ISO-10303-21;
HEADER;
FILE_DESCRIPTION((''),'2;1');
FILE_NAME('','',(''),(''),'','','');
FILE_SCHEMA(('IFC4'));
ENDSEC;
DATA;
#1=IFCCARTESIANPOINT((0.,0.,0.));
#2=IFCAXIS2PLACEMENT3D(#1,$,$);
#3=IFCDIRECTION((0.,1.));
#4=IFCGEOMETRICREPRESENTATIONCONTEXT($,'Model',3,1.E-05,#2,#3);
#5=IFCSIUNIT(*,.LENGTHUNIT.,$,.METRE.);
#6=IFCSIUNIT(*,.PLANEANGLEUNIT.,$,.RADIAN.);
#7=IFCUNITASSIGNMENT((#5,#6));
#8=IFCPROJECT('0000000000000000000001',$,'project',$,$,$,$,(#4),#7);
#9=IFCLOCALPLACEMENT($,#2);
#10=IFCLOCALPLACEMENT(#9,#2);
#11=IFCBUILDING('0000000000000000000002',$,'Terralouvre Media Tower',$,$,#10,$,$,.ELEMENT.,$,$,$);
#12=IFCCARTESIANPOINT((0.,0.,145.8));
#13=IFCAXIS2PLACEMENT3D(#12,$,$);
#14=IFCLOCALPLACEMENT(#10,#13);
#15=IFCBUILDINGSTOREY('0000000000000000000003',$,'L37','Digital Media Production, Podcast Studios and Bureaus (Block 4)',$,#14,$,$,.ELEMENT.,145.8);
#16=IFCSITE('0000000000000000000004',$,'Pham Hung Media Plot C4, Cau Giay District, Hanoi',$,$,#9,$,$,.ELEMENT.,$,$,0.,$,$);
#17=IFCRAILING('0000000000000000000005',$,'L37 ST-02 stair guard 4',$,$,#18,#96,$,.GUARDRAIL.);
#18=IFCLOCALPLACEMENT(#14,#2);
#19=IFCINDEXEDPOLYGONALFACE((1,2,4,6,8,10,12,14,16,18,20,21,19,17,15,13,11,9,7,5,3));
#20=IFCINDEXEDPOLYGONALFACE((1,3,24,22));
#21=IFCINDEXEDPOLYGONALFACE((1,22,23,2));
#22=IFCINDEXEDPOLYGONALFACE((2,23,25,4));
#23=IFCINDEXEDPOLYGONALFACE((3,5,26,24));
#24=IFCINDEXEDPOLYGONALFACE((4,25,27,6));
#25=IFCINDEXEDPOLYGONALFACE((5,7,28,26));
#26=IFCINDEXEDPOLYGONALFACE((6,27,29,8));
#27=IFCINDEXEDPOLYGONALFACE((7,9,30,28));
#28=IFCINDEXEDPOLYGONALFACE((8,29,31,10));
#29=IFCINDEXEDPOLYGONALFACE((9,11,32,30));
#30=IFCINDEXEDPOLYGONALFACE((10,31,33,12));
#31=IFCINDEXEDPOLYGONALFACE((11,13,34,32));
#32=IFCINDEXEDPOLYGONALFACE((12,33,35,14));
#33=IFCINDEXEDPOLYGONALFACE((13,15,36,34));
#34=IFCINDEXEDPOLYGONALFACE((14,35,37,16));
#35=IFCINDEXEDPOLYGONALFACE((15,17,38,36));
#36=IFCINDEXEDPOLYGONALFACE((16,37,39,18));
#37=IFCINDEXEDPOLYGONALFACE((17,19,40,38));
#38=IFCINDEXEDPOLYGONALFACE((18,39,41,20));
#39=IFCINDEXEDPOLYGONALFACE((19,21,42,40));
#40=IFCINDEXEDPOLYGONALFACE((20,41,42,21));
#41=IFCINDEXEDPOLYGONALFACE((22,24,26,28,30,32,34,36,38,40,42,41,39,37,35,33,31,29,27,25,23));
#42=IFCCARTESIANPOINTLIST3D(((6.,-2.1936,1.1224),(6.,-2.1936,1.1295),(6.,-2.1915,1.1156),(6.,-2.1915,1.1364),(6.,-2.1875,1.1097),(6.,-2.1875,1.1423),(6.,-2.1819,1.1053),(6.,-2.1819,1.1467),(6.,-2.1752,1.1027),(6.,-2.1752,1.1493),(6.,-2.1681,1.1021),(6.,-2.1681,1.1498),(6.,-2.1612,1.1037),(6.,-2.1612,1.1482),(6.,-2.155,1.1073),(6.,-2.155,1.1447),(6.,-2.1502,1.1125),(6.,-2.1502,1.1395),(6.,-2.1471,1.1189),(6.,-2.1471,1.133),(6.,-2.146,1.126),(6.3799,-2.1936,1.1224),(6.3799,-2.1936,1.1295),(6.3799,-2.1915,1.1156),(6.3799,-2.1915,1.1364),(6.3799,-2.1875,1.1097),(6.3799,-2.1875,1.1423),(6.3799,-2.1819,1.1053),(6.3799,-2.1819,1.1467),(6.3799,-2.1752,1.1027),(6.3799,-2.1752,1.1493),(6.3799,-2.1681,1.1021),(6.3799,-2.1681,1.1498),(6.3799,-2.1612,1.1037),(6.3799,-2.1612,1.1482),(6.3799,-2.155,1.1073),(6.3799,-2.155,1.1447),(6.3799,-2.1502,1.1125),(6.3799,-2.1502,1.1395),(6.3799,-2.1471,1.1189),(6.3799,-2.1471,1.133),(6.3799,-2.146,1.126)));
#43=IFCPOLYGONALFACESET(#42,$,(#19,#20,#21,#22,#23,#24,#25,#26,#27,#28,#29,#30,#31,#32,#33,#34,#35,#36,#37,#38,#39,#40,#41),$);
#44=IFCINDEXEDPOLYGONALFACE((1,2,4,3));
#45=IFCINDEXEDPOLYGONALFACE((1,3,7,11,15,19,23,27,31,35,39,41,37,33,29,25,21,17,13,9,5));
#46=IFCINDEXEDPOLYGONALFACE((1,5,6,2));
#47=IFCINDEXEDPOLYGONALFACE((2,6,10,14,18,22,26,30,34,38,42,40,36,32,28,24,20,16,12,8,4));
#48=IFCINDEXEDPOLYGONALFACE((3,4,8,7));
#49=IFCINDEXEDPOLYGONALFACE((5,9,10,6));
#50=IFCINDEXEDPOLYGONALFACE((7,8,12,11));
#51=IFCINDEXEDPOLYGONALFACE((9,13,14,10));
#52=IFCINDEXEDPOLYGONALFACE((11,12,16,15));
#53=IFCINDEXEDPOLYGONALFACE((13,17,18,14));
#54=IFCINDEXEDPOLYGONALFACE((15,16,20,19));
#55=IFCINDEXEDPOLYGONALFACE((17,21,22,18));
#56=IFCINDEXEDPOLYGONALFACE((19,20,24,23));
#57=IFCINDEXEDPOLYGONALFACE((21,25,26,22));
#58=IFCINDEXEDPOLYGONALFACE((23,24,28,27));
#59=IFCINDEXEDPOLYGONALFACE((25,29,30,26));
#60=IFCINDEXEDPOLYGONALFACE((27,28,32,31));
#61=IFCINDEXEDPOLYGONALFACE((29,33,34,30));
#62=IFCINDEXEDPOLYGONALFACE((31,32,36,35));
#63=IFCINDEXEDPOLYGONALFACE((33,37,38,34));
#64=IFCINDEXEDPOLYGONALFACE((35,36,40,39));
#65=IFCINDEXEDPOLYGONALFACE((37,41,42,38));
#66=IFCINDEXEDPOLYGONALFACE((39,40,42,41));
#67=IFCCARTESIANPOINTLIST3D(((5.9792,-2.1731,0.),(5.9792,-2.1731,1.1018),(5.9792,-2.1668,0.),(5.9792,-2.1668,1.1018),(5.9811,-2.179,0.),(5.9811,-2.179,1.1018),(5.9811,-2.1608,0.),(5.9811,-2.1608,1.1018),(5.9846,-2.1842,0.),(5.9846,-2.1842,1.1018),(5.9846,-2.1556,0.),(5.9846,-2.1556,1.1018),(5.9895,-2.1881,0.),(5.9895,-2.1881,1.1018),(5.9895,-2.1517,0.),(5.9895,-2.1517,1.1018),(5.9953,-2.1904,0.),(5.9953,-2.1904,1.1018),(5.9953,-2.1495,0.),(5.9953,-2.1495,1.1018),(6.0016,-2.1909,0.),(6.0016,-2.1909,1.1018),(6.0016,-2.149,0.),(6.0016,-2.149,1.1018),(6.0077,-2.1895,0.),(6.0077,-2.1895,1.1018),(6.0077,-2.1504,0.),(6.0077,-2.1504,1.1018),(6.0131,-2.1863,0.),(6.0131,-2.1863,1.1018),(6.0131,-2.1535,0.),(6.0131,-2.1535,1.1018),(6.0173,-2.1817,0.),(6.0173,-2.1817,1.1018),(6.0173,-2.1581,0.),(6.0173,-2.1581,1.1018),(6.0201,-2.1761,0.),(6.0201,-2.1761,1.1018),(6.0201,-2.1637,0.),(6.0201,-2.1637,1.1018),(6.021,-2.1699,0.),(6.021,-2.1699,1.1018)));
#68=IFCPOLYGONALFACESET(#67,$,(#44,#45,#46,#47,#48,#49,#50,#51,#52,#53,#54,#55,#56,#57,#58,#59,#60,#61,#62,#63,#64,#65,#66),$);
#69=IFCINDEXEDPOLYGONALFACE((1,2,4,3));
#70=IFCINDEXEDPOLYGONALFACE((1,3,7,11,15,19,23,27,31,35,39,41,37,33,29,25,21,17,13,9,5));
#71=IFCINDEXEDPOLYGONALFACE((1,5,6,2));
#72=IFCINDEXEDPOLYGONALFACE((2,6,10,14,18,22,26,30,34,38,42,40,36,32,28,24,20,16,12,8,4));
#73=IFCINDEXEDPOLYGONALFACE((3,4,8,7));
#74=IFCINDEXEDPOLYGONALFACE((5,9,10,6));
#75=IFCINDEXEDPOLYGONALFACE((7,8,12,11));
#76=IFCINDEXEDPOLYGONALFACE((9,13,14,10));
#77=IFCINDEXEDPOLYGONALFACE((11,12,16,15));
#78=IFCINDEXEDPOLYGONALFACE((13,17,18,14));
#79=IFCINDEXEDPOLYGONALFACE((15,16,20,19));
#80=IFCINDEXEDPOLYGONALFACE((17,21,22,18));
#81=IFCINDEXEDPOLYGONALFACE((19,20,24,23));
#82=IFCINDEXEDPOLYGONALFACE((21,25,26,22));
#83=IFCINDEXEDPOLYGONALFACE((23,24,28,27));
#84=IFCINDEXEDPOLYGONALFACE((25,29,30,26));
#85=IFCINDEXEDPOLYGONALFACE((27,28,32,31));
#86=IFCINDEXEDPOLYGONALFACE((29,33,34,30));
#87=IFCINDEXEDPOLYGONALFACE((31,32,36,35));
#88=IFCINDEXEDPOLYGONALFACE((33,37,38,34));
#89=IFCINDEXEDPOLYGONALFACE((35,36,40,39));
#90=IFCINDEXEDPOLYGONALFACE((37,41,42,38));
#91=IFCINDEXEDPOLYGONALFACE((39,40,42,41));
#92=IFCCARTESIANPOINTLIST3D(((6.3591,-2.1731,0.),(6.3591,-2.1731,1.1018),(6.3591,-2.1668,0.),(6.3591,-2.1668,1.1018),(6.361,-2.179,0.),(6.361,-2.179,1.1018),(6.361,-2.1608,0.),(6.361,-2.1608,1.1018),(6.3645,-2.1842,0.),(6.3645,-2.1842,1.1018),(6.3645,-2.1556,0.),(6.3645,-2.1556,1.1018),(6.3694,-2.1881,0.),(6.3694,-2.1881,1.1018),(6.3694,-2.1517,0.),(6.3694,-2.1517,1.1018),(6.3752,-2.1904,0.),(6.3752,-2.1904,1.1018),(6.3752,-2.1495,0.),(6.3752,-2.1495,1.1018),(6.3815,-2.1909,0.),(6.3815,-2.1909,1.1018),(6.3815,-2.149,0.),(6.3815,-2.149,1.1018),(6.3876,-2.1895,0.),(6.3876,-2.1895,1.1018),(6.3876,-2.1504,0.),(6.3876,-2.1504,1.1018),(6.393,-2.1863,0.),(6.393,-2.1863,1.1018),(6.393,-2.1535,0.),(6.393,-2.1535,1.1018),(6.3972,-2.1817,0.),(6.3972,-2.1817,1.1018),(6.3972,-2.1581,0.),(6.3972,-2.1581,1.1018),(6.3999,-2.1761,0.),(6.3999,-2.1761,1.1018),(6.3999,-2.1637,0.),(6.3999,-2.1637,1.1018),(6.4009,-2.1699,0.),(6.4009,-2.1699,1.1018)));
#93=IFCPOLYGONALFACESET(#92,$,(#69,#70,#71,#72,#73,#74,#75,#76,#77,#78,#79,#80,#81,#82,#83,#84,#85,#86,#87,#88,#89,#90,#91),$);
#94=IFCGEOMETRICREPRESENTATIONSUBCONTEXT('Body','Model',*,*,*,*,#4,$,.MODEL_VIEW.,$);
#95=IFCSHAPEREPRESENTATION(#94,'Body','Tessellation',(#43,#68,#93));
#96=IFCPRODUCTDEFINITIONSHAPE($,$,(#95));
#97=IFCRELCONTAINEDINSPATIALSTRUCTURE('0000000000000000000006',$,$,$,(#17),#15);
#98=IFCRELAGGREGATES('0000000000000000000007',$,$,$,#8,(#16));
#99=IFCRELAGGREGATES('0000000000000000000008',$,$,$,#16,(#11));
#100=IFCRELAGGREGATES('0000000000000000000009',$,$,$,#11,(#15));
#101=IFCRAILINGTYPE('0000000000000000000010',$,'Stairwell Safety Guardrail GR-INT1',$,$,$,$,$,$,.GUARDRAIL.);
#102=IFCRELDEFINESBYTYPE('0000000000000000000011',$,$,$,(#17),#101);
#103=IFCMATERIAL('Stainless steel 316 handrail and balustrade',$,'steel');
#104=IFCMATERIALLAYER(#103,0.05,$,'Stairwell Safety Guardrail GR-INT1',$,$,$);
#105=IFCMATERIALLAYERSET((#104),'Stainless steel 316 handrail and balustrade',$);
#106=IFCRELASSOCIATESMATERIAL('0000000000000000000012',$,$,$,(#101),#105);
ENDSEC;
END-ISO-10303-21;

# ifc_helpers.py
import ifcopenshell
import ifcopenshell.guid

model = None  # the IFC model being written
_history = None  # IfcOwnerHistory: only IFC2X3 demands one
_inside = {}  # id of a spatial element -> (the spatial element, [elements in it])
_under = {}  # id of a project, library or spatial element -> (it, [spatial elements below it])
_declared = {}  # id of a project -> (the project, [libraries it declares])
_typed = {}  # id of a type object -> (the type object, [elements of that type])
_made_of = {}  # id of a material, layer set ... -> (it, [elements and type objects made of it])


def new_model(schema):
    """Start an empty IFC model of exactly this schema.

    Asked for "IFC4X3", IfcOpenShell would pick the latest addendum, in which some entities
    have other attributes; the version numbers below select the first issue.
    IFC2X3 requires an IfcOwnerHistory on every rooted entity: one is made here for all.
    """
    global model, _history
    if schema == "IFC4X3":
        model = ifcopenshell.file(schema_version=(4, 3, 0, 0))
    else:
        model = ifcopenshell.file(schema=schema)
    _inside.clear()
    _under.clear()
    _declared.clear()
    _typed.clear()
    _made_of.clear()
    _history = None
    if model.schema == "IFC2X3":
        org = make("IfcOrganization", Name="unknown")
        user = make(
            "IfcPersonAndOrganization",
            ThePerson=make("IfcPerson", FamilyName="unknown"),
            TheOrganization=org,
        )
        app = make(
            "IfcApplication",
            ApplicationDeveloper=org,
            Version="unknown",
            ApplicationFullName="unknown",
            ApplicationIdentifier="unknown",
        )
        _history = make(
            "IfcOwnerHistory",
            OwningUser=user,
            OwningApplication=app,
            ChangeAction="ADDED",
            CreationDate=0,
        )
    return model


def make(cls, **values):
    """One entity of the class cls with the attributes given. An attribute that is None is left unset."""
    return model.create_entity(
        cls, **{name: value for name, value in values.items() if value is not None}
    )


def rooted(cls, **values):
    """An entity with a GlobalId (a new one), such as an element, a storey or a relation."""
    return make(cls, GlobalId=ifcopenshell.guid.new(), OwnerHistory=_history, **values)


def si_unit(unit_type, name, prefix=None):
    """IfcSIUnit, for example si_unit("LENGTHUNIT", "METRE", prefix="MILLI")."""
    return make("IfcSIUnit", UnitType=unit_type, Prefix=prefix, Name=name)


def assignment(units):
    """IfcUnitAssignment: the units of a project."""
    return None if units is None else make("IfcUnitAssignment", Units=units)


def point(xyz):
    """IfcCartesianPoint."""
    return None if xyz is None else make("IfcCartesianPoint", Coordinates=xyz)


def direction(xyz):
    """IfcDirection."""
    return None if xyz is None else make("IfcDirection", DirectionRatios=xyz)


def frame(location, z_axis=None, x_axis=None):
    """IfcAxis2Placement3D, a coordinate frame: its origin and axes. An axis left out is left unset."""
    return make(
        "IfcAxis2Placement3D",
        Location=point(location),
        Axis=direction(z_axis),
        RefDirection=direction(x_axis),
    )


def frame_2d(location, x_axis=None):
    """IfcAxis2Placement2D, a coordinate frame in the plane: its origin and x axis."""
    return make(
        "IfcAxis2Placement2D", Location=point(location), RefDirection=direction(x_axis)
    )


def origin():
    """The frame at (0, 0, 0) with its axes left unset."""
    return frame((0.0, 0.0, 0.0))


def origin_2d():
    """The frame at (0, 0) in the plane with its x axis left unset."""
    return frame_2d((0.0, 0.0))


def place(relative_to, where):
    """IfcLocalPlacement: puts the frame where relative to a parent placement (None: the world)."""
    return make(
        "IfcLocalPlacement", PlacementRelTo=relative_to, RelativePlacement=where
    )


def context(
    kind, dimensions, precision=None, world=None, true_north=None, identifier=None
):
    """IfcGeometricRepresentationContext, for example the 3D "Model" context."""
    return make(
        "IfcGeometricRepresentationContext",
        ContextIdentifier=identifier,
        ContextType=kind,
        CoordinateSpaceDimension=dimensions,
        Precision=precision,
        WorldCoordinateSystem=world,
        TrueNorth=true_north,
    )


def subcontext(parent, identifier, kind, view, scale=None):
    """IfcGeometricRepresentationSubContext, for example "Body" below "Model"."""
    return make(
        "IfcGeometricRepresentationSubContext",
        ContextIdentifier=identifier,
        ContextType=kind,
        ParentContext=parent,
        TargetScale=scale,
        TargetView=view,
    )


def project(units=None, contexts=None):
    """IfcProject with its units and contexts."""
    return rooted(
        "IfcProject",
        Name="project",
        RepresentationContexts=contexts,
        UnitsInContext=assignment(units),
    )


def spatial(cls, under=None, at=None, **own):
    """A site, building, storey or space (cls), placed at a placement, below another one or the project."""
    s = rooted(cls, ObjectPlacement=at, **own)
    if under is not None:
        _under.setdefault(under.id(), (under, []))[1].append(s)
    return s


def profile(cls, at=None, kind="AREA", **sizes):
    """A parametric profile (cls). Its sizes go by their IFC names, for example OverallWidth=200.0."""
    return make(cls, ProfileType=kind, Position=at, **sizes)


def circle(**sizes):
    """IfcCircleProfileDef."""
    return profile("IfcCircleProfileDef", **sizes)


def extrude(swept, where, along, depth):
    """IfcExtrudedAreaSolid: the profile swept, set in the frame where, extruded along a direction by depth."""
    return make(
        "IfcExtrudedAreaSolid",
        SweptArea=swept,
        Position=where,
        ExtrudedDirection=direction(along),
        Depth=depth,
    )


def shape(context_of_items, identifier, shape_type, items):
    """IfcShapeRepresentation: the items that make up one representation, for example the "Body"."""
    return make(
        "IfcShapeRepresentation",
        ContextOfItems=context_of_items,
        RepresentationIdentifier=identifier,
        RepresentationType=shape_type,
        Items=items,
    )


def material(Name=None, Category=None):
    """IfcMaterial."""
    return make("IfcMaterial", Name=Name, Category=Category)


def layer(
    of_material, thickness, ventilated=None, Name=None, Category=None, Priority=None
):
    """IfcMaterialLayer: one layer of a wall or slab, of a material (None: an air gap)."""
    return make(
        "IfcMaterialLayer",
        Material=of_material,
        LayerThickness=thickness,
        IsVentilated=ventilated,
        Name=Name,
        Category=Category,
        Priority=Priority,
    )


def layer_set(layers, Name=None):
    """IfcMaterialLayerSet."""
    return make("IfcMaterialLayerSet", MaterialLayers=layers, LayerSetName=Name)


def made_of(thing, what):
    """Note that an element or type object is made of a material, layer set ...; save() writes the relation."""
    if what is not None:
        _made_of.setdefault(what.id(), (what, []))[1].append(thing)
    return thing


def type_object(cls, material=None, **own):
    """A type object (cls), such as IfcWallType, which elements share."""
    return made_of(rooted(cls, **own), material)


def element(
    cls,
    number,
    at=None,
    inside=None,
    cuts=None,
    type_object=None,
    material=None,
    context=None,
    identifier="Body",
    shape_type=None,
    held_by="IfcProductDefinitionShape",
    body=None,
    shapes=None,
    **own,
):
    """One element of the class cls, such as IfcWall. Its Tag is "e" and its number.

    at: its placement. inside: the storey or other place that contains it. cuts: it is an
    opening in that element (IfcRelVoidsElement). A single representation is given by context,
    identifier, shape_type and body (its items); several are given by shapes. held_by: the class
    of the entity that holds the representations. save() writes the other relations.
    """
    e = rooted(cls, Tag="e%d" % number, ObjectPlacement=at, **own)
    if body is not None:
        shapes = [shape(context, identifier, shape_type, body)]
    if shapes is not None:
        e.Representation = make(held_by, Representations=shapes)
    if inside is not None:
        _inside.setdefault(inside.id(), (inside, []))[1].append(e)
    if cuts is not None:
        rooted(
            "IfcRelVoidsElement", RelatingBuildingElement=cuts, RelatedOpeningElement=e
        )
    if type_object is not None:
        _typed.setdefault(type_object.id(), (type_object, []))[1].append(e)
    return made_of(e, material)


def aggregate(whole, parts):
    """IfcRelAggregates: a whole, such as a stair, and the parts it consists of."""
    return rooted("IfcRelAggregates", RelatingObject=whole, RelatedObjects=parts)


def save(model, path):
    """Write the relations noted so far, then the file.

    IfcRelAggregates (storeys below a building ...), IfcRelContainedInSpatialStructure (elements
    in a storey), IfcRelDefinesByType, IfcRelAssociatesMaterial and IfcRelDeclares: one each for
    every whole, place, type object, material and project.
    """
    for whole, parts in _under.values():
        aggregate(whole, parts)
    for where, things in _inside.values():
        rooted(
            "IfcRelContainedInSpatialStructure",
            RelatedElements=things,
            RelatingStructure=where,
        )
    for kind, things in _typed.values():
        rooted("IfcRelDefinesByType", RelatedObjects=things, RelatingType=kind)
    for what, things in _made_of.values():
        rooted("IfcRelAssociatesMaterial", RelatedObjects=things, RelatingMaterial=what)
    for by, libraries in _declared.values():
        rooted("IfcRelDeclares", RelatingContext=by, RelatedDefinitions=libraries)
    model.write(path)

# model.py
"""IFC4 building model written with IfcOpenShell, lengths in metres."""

from ifc_helpers import new_model, si_unit, direction, frame, origin, origin_2d, place, context, subcontext, project, spatial, circle, extrude, material, layer, layer_set, type_object, element, save


model = new_model("IFC4")

# Units and contexts
model_context = context("Model", 3, precision=1e-05, world=origin(), true_north=direction((0.0, 1.0)))
body_context = subcontext(model_context, "Body", "Model", "MODEL_VIEW")
ifc_project = project(units=[si_unit("LENGTHUNIT", "METRE"), si_unit("PLANEANGLEUNIT", "RADIAN")], contexts=[model_context])

# Site, building, storey
site_placement = place(None, origin())
site = spatial("IfcSite", under=ifc_project, at=site_placement, Name="Pham Hung Media Plot C4, Cau Giay District, Hanoi", CompositionType="ELEMENT", RefElevation=0.0)
building_placement = place(site_placement, origin())
building = spatial("IfcBuilding", under=site, at=building_placement, Name="Terralouvre Media Tower", CompositionType="ELEMENT")
storey_placement = place(building_placement, frame((0.0, 0.0, 145.8)))
storey = spatial("IfcBuildingStorey", under=building, at=storey_placement, Name="L37", Description="Digital Media Production, Podcast Studios and Bureaus (Block 4)", CompositionType="ELEMENT", Elevation=145.8)

# Railing
ifc_material_1 = material(Name="Stainless steel 316 handrail and balustrade", Category="steel")
ifc_layer_1 = layer(ifc_material_1, 0.05, Name="Stairwell Safety Guardrail GR-INT1")
ifc_layer_set_1 = layer_set([ifc_layer_1], Name="Stainless steel 316 handrail and balustrade")
railing_type_1 = type_object("IfcRailingType", Name="Stairwell Safety Guardrail GR-INT1", PredefinedType="GUARDRAIL", material=ifc_layer_set_1)
railing_1_placement = place(storey_placement, frame((6.0, -2.1699, 0.0)))
element("IfcRailing", 1, at=railing_1_placement, inside=storey, type_object=railing_type_1, Name="L37 ST-02 stair guard 4", PredefinedType="GUARDRAIL", context=body_context, shape_type="SweptSolid", body=[
    extrude(circle(Radius=0.0239, at=origin_2d()), frame((0.0, 0.0, 1.126), z_axis=(1.0, 0.0, 0.0), x_axis=(0.0, 1.0, 0.0)), (0.0, 0.0, 1.0), 0.3799),
    extrude(circle(Radius=0.021, at=origin_2d()), origin(), (0.0, 0.0, 1.0), 1.1018),
    extrude(circle(Radius=0.021, at=origin_2d()), frame((0.3799, 0.0, 0.0)), (0.0, 0.0, 1.0), 1.1018),
])

save(model, "model.ifc")
